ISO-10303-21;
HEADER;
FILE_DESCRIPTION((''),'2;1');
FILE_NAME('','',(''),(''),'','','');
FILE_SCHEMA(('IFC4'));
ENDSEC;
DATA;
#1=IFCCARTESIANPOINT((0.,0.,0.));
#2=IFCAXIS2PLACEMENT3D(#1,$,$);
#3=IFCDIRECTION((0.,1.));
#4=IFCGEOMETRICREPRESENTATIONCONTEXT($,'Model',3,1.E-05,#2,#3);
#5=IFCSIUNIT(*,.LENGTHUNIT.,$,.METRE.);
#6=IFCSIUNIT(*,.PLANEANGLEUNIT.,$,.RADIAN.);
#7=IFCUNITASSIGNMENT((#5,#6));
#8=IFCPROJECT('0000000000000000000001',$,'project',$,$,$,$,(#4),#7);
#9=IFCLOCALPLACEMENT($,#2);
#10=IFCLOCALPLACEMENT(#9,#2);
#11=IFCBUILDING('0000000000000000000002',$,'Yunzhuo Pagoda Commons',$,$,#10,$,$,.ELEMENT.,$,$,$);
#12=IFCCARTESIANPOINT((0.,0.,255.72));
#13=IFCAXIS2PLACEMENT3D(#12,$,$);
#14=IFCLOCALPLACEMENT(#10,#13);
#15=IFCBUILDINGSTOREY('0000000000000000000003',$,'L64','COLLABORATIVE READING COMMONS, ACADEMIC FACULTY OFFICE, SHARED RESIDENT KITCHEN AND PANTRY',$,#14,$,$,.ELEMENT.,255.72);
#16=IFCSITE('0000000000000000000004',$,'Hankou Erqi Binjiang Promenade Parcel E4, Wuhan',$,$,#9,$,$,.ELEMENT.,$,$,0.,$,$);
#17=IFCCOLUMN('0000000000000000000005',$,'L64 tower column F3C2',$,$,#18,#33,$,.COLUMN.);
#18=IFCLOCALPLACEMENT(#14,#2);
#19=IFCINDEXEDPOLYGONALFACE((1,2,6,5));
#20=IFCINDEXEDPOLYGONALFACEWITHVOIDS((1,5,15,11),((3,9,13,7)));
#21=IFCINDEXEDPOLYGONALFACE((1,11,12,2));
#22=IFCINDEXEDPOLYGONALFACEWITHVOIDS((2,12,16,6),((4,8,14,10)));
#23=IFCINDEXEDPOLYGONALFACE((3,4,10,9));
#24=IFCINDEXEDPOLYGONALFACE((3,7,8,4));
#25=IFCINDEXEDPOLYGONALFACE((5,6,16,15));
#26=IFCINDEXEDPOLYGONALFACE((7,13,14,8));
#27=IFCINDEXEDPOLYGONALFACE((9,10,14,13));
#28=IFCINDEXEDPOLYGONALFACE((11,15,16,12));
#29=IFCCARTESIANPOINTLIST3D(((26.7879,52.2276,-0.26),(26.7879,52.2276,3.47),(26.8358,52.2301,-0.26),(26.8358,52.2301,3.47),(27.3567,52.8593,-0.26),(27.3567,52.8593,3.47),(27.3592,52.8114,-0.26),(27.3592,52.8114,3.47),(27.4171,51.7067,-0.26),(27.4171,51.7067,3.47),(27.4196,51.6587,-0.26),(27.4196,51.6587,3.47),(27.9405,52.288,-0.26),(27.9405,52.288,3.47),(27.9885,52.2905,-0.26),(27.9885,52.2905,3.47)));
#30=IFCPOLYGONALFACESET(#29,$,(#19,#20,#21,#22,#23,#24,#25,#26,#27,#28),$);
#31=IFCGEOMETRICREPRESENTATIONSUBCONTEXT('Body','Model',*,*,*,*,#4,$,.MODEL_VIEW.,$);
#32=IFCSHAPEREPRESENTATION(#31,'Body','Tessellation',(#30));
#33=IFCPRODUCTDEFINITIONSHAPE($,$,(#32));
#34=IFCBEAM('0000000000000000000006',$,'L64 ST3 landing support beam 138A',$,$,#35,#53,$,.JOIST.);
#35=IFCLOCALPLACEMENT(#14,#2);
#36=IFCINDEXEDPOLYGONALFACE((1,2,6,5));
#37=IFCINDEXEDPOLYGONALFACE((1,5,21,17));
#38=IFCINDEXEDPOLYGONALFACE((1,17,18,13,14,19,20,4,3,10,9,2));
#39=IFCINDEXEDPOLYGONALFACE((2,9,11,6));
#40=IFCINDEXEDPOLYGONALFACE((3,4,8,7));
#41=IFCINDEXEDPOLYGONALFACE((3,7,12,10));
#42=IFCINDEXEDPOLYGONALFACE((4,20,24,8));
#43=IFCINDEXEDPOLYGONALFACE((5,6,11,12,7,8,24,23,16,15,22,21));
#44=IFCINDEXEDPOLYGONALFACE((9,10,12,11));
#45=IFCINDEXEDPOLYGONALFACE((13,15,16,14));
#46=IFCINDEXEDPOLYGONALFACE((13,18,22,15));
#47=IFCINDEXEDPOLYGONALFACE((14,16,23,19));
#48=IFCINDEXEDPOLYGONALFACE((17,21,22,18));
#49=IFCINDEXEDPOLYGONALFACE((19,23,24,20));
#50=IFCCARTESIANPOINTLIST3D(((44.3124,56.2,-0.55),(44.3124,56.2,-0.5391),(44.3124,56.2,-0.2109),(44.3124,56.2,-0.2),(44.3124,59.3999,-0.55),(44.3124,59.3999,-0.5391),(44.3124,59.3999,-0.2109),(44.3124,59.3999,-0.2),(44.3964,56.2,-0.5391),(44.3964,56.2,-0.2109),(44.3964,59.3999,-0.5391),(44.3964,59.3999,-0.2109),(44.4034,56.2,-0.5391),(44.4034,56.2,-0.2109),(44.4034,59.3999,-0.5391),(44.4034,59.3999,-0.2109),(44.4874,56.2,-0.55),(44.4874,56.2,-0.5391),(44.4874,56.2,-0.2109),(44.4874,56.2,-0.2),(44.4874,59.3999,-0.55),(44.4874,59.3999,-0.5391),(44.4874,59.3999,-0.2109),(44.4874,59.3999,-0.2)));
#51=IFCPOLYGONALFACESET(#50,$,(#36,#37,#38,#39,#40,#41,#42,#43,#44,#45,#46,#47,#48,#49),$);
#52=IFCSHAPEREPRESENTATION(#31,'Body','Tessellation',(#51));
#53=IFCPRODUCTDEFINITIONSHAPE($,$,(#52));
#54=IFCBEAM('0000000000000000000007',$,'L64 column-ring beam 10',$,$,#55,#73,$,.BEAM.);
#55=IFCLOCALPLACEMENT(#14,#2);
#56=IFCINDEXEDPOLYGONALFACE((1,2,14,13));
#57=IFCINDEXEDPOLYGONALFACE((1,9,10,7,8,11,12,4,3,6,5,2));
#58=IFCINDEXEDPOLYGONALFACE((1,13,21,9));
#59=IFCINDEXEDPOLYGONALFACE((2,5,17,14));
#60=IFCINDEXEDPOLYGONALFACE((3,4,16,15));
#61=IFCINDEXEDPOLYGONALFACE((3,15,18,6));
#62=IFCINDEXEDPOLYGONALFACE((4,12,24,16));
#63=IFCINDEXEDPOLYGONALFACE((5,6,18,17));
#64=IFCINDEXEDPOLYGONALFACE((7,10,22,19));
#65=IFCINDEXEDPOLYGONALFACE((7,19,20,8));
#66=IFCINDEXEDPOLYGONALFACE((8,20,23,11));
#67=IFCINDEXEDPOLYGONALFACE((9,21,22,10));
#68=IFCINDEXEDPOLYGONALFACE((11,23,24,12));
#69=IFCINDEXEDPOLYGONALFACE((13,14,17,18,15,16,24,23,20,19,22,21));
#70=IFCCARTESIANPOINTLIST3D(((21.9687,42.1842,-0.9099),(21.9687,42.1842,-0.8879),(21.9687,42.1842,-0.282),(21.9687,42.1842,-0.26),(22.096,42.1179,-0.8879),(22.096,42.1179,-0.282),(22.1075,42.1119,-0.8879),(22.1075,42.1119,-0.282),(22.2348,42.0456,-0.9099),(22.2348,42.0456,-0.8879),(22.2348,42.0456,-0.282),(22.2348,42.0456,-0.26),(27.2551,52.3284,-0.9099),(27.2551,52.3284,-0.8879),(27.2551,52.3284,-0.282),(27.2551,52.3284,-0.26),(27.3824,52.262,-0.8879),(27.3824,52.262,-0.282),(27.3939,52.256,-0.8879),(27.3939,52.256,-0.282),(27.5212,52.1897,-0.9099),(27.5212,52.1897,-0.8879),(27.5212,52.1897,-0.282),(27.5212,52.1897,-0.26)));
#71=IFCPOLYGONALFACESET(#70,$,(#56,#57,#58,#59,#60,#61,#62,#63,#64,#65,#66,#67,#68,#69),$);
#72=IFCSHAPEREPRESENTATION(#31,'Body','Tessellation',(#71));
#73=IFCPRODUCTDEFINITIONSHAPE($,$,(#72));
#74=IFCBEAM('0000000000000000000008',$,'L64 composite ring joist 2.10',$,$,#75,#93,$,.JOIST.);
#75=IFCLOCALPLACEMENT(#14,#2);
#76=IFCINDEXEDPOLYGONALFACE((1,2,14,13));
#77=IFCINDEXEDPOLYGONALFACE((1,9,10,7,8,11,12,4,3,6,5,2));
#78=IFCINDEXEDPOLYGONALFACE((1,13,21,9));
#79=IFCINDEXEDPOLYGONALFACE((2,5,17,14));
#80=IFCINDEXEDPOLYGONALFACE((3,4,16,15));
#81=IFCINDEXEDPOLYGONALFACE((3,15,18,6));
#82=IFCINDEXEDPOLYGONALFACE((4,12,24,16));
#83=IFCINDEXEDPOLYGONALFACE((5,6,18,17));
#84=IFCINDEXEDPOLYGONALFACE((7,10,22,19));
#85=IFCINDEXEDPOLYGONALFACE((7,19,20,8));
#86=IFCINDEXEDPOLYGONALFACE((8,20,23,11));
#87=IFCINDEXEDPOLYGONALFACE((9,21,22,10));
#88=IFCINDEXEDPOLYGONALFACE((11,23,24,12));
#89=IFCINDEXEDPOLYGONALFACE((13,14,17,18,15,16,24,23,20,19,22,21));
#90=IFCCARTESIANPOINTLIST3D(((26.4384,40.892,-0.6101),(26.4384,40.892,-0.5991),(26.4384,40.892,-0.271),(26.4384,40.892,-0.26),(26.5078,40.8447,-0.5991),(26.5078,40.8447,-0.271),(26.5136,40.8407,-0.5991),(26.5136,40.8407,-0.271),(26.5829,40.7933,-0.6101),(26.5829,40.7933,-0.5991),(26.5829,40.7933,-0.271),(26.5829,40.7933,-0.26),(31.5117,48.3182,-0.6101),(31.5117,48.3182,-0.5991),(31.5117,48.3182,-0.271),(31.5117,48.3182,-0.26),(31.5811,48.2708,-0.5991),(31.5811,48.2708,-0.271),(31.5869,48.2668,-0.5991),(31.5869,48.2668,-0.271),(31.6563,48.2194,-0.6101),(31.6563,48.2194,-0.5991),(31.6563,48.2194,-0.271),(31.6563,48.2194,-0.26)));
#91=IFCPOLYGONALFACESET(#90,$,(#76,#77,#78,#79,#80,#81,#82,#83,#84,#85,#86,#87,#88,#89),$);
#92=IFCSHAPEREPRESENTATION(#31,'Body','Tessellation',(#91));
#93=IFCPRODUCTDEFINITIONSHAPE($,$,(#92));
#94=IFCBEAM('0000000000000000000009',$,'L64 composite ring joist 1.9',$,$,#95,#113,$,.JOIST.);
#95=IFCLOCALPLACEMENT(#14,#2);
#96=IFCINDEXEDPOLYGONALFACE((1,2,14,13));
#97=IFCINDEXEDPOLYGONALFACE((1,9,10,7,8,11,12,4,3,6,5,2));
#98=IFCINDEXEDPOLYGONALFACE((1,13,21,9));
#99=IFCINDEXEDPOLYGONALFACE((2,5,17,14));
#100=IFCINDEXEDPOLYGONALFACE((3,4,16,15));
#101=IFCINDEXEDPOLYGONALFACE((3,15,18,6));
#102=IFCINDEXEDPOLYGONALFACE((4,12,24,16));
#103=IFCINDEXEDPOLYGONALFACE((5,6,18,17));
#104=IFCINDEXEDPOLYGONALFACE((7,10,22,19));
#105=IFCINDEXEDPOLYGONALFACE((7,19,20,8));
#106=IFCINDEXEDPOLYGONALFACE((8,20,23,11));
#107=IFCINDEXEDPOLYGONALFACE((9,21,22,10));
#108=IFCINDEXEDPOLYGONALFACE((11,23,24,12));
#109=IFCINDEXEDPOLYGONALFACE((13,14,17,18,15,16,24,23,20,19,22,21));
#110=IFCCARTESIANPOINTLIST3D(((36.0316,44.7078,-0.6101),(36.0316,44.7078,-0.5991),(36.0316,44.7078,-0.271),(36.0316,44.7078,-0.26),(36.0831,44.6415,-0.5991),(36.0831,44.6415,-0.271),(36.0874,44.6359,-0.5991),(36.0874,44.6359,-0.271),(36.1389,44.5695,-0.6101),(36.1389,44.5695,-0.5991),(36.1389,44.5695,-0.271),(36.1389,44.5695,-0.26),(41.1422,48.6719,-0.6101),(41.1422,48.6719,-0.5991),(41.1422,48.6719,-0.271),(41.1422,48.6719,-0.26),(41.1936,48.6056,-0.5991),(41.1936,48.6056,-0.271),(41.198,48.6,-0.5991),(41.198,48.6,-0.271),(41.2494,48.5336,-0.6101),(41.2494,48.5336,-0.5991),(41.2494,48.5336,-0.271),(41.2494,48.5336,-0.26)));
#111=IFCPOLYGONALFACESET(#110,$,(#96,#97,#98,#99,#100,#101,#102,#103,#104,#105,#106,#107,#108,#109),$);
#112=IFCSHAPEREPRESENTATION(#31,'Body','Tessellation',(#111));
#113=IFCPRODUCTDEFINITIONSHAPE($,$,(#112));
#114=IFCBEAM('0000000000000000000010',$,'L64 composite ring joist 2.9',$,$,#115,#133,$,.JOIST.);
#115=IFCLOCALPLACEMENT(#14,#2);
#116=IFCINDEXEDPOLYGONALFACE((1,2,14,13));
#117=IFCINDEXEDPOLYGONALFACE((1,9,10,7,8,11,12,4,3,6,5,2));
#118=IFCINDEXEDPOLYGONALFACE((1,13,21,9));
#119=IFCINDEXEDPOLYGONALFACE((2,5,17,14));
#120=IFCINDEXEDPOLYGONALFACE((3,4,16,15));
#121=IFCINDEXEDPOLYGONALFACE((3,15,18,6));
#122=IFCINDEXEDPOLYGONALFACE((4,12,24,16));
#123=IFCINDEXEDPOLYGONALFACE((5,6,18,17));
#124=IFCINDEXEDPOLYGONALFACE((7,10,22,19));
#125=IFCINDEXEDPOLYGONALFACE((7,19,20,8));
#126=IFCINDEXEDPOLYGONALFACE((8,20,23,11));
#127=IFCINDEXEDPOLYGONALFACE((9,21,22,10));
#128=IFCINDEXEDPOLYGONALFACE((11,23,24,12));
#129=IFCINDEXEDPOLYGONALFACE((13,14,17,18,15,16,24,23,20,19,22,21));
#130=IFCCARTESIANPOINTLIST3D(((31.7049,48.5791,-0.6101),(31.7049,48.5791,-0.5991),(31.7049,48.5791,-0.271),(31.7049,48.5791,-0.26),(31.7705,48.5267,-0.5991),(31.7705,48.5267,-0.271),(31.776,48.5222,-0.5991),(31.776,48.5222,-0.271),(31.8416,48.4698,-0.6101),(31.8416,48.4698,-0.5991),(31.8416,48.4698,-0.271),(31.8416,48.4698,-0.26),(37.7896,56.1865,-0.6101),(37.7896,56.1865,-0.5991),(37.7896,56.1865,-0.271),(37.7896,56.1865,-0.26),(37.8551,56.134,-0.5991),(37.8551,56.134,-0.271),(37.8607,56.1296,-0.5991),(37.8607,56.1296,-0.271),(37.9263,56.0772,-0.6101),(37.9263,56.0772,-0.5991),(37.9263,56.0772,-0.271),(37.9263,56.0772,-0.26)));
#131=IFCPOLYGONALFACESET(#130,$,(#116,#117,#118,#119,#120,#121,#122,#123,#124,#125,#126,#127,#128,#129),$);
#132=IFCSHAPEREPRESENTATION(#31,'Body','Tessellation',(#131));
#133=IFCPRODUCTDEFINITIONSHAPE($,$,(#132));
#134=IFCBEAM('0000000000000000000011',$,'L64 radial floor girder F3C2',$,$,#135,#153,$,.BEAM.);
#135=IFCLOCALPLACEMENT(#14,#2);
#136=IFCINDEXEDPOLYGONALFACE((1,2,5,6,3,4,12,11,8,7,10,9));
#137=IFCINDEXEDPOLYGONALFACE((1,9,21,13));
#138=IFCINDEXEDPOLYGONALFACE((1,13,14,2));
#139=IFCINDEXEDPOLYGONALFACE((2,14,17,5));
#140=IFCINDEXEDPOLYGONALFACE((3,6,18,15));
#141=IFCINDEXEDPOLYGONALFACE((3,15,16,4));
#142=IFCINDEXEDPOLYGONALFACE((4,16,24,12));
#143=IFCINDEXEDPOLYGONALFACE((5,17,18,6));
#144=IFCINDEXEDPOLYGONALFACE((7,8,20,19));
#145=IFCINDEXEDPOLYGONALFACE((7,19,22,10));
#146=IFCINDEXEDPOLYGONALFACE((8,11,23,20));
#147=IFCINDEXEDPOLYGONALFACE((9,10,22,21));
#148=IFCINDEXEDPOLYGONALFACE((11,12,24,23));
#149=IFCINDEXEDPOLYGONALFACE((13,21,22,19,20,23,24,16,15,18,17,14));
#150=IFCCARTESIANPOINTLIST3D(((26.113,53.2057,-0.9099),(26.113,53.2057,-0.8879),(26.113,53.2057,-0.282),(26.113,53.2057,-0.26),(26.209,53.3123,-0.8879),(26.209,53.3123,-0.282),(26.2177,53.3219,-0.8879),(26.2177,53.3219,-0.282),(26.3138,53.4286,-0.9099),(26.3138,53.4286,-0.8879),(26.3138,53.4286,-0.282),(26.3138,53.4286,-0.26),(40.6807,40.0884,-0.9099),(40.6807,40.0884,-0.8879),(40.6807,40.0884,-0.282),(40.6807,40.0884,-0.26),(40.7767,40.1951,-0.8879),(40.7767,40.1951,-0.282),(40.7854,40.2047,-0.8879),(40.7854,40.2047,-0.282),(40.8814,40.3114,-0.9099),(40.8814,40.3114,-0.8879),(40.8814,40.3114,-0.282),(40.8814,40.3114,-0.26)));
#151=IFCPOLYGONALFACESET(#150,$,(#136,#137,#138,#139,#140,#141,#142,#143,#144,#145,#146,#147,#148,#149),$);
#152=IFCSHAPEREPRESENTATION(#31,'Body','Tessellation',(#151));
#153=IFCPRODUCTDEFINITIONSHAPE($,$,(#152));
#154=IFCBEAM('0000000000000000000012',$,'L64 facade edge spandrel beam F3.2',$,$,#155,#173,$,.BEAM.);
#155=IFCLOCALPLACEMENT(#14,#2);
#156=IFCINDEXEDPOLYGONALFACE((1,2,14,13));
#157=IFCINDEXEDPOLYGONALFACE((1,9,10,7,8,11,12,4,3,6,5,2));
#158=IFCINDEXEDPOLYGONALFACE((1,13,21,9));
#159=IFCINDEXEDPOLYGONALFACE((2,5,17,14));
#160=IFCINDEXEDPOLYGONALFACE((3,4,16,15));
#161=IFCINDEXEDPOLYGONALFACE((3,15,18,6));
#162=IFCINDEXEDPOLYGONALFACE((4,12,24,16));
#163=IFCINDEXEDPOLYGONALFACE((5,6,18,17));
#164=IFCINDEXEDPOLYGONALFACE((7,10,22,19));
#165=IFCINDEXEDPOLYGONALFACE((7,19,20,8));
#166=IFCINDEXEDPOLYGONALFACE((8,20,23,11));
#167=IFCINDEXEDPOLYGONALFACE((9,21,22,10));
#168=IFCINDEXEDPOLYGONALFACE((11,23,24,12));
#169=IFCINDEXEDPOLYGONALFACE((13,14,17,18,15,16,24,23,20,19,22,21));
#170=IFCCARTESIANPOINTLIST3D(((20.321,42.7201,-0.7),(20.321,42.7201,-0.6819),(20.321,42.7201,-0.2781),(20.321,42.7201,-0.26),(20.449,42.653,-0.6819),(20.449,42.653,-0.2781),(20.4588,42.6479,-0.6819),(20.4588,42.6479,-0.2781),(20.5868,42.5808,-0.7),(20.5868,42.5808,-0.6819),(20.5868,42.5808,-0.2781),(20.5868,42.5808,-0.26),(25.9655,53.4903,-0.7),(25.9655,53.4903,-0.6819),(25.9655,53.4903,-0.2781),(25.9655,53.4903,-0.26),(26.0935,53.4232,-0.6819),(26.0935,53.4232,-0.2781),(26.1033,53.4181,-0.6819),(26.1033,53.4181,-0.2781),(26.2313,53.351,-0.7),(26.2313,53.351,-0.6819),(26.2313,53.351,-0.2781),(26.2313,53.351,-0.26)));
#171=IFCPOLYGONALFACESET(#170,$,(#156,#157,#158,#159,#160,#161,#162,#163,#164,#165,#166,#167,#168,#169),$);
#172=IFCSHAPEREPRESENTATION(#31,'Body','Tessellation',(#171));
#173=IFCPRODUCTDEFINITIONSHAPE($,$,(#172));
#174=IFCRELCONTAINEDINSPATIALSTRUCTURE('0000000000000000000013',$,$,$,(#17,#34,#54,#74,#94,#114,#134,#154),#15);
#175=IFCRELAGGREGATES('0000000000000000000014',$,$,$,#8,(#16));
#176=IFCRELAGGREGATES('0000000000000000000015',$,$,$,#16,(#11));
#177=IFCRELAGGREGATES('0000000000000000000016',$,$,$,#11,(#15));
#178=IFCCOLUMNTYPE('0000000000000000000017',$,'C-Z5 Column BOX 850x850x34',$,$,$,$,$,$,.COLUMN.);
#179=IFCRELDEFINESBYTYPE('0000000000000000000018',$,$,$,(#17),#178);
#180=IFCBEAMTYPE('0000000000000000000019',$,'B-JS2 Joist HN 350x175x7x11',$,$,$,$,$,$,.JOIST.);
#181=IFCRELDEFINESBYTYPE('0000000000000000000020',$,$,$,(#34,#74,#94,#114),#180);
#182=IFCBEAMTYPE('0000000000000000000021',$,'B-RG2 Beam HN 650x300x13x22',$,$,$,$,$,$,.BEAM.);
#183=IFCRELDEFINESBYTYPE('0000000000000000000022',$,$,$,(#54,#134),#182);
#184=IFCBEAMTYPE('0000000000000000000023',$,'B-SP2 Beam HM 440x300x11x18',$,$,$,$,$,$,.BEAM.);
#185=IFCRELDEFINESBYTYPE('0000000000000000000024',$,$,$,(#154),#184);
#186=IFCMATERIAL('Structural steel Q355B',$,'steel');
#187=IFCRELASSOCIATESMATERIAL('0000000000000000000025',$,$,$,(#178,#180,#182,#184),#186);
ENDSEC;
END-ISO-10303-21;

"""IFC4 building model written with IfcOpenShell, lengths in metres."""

from ifc_helpers import new_model, si_unit, direction, frame, origin, origin_2d, place, context, subcontext, project, spatial, hollow_rectangle, i_section, extrude, source, transform, mapped, material, material_profile, profile_set, type_object, element, save


model = new_model("IFC4")

# Units and contexts
model_context = context("Model", 3, precision=1e-05, world=origin(), true_north=direction((0.0, 1.0)))
body_context = subcontext(model_context, "Body", "Model", "MODEL_VIEW")
ifc_project = project(units=[si_unit("LENGTHUNIT", "METRE"), si_unit("PLANEANGLEUNIT", "RADIAN")], contexts=[model_context])

# Site, building, storey
site_placement = place(None, origin())
site = spatial("IfcSite", under=ifc_project, at=site_placement, Name="Hankou Erqi Binjiang Promenade Parcel E4, Wuhan", CompositionType="ELEMENT", RefElevation=0.0)
building_placement = place(site_placement, origin())
building = spatial("IfcBuilding", under=site, at=building_placement, Name="Yunzhuo Pagoda Commons", CompositionType="ELEMENT")
storey_placement = place(building_placement, frame((0.0, 0.0, 255.72)))
storey = spatial("IfcBuildingStorey", under=building, at=storey_placement, Name="L64", Description="COLLABORATIVE READING COMMONS, ACADEMIC FACULTY OFFICE, SHARED RESIDENT KITCHEN AND PANTRY", CompositionType="ELEMENT", Elevation=255.72)

# Column
ifc_material_1 = material(Name="Structural steel Q355B", Category="steel")
ifc_material_profile_1 = material_profile(ifc_material_1, hollow_rectangle(XDim=0.8501, YDim=0.8501, WallThickness=0.0339, at=origin_2d()), Name="Structural steel Q355B")
ifc_profile_set_1 = profile_set([ifc_material_profile_1], Name="Structural steel Q355B")
column_type = type_object("IfcColumnType", Name="C-Z5 Column BOX 850x850x34", PredefinedType="COLUMN", material=ifc_profile_set_1)
shared_shape_1 = source(origin(), body_context, "Body", "SweptSolid", [
    extrude(hollow_rectangle(XDim=0.8501, YDim=0.8501, WallThickness=0.0339, at=origin_2d()), origin(), (0.0, 0.0, 1.0), 3.73),
])
column_placement = place(storey_placement, frame((27.3882, 52.259, -0.26), z_axis=(0.0, 0.0, 1.0), x_axis=(-0.669131, -0.743145, 0.0)))
element("IfcColumn", 1, at=column_placement, inside=storey, type_object=column_type, Name="L64 tower column F3C2", PredefinedType="COLUMN", context=body_context, shape_type="MappedRepresentation", body=[
    mapped(shared_shape_1, transform((0.0, 0.0, 0.0), scale=1.0)),
])

# Beams
ifc_material_profile_2 = material_profile(ifc_material_1, i_section(OverallWidth=0.175, OverallDepth=0.3501, WebThickness=0.0071, FlangeThickness=0.011, at=origin_2d()), Name="Structural steel Q355B")
ifc_profile_set_2 = profile_set([ifc_material_profile_2], Name="Structural steel Q355B")
beam_type_1 = type_object("IfcBeamType", Name="B-JS2 Joist HN 350x175x7x11", PredefinedType="JOIST", material=ifc_profile_set_2)
shared_shape_2 = source(origin(), body_context, "Body", "SweptSolid", [
    extrude(i_section(OverallWidth=0.175, OverallDepth=0.3501, WebThickness=0.0071, FlangeThickness=0.011, at=origin_2d()), origin(), (0.0, 0.0, 1.0), 3.2),
])
beam_1_placement = place(storey_placement, frame((44.3999, 56.2, -0.375), z_axis=(0.0, 1.0, 0.0), x_axis=(-1.0, 0.0, 0.0)))
element("IfcBeam", 2, at=beam_1_placement, inside=storey, type_object=beam_type_1, Name="L64 ST3 landing support beam 138A", PredefinedType="JOIST", context=body_context, shape_type="MappedRepresentation", body=[
    mapped(shared_shape_2, transform((0.0, 0.0, 0.0), scale=1.0)),
])
ifc_material_profile_3 = material_profile(ifc_material_1, i_section(OverallWidth=0.3, OverallDepth=0.6499, WebThickness=0.0129, FlangeThickness=0.022, at=origin_2d()), Name="Structural steel Q355B")
ifc_profile_set_3 = profile_set([ifc_material_profile_3], Name="Structural steel Q355B")
beam_type_2 = type_object("IfcBeamType", Name="B-RG2 Beam HN 650x300x13x22", PredefinedType="BEAM", material=ifc_profile_set_3)
shared_shape_3 = source(origin(), body_context, "Body", "SweptSolid", [
    extrude(i_section(OverallWidth=0.3, OverallDepth=0.6499, WebThickness=0.0129, FlangeThickness=0.022, at=origin_2d()), origin(), (0.0, 0.0, 1.0), 11.439),
])
beam_2_placement = place(storey_placement, frame((27.3882, 52.259, -0.585), z_axis=(-0.462142, -0.886806, 0.0), x_axis=(0.886806, -0.462142, 0.0)))
element("IfcBeam", 3, at=beam_2_placement, inside=storey, type_object=beam_type_2, Name="L64 column-ring beam 10", PredefinedType="BEAM", context=body_context, shape_type="MappedRepresentation", body=[
    mapped(shared_shape_3, transform((0.0, 0.0, 0.0), scale=1.0)),
])
shared_shape_4 = source(origin(), body_context, "Body", "SweptSolid", [
    extrude(i_section(OverallWidth=0.175, OverallDepth=0.3501, WebThickness=0.0071, FlangeThickness=0.011, at=origin_2d()), origin(), (0.0, 0.0, 1.0), 8.9937),
])
beam_3_placement = place(storey_placement, frame((31.584, 48.2688, -0.4351), z_axis=(-0.564099, -0.825707, 0.0), x_axis=(0.825707, -0.564099, 0.0)))
element("IfcBeam", 4, at=beam_3_placement, inside=storey, type_object=beam_type_1, Name="L64 composite ring joist 2.10", PredefinedType="JOIST", context=body_context, shape_type="MappedRepresentation", body=[
    mapped(shared_shape_4, transform((0.0, 0.0, 0.0), scale=1.0)),
])
shared_shape_5 = source(origin(), body_context, "Body", "SweptSolid", [
    extrude(i_section(OverallWidth=0.175, OverallDepth=0.3501, WebThickness=0.0071, FlangeThickness=0.011, at=origin_2d()), origin(), (0.0, 0.0, 1.0), 6.4678),
])
beam_4_placement = place(storey_placement, frame((41.1958, 48.6028, -0.4351), z_axis=(-0.79016, -0.6129, 0.0), x_axis=(0.6129, -0.79016, 0.0)))
element("IfcBeam", 5, at=beam_4_placement, inside=storey, type_object=beam_type_1, Name="L64 composite ring joist 1.9", PredefinedType="JOIST", context=body_context, shape_type="MappedRepresentation", body=[
    mapped(shared_shape_5, transform((0.0, 0.0, 0.0), scale=1.0)),
])
shared_shape_6 = source(origin(), body_context, "Body", "SweptSolid", [
    extrude(i_section(OverallWidth=0.175, OverallDepth=0.3501, WebThickness=0.0071, FlangeThickness=0.011, at=origin_2d()), origin(), (0.0, 0.0, 1.0), 9.7415),
])
beam_5_placement = place(storey_placement, frame((37.8579, 56.1318, -0.4351), z_axis=(-0.624619, -0.78093, 0.0), x_axis=(0.78093, -0.624619, 0.0)))
element("IfcBeam", 6, at=beam_5_placement, inside=storey, type_object=beam_type_1, Name="L64 composite ring joist 2.9", PredefinedType="JOIST", context=body_context, shape_type="MappedRepresentation", body=[
    mapped(shared_shape_6, transform((0.0, 0.0, 0.0), scale=1.0)),
])
shared_shape_7 = source(origin(), body_context, "Body", "SweptSolid", [
    extrude(i_section(OverallWidth=0.3, OverallDepth=0.6499, WebThickness=0.0129, FlangeThickness=0.022, at=origin_2d()), origin(), (0.0, 0.0, 1.0), 19.603),
])
beam_6_placement = place(storey_placement, frame((26.2134, 53.3171, -0.585), z_axis=(0.743134, -0.669143, 0.0), x_axis=(0.669143, 0.743134, 0.0)))
element("IfcBeam", 7, at=beam_6_placement, inside=storey, type_object=beam_type_2, Name="L64 radial floor girder F3C2", PredefinedType="BEAM", context=body_context, shape_type="MappedRepresentation", body=[
    mapped(shared_shape_7, transform((0.0, 0.0, 0.0), scale=1.0)),
])
ifc_material_profile_4 = material_profile(ifc_material_1, i_section(OverallWidth=0.3, OverallDepth=0.4399, WebThickness=0.011, FlangeThickness=0.0181, at=origin_2d()), Name="Structural steel Q355B")
ifc_profile_set_4 = profile_set([ifc_material_profile_4], Name="Structural steel Q355B")
beam_type_3 = type_object("IfcBeamType", Name="B-SP2 Beam HM 440x300x11x18", PredefinedType="BEAM", material=ifc_profile_set_4)
shared_shape_8 = source(origin(), body_context, "Body", "SweptSolid", [
    extrude(i_section(OverallWidth=0.3, OverallDepth=0.4399, WebThickness=0.011, FlangeThickness=0.0181, at=origin_2d()), origin(), (0.0, 0.0, 1.0), 12.1597),
])
beam_7_placement = place(storey_placement, frame((26.0984, 53.4207, -0.48), z_axis=(-0.464198, -0.885731, 0.0), x_axis=(0.885731, -0.464198, 0.0)))
element("IfcBeam", 8, at=beam_7_placement, inside=storey, type_object=beam_type_3, Name="L64 facade edge spandrel beam F3.2", PredefinedType="BEAM", context=body_context, shape_type="MappedRepresentation", body=[
    mapped(shared_shape_8, transform((0.0, 0.0, 0.0), scale=1.0)),
])

save(model, "model.ifc")
